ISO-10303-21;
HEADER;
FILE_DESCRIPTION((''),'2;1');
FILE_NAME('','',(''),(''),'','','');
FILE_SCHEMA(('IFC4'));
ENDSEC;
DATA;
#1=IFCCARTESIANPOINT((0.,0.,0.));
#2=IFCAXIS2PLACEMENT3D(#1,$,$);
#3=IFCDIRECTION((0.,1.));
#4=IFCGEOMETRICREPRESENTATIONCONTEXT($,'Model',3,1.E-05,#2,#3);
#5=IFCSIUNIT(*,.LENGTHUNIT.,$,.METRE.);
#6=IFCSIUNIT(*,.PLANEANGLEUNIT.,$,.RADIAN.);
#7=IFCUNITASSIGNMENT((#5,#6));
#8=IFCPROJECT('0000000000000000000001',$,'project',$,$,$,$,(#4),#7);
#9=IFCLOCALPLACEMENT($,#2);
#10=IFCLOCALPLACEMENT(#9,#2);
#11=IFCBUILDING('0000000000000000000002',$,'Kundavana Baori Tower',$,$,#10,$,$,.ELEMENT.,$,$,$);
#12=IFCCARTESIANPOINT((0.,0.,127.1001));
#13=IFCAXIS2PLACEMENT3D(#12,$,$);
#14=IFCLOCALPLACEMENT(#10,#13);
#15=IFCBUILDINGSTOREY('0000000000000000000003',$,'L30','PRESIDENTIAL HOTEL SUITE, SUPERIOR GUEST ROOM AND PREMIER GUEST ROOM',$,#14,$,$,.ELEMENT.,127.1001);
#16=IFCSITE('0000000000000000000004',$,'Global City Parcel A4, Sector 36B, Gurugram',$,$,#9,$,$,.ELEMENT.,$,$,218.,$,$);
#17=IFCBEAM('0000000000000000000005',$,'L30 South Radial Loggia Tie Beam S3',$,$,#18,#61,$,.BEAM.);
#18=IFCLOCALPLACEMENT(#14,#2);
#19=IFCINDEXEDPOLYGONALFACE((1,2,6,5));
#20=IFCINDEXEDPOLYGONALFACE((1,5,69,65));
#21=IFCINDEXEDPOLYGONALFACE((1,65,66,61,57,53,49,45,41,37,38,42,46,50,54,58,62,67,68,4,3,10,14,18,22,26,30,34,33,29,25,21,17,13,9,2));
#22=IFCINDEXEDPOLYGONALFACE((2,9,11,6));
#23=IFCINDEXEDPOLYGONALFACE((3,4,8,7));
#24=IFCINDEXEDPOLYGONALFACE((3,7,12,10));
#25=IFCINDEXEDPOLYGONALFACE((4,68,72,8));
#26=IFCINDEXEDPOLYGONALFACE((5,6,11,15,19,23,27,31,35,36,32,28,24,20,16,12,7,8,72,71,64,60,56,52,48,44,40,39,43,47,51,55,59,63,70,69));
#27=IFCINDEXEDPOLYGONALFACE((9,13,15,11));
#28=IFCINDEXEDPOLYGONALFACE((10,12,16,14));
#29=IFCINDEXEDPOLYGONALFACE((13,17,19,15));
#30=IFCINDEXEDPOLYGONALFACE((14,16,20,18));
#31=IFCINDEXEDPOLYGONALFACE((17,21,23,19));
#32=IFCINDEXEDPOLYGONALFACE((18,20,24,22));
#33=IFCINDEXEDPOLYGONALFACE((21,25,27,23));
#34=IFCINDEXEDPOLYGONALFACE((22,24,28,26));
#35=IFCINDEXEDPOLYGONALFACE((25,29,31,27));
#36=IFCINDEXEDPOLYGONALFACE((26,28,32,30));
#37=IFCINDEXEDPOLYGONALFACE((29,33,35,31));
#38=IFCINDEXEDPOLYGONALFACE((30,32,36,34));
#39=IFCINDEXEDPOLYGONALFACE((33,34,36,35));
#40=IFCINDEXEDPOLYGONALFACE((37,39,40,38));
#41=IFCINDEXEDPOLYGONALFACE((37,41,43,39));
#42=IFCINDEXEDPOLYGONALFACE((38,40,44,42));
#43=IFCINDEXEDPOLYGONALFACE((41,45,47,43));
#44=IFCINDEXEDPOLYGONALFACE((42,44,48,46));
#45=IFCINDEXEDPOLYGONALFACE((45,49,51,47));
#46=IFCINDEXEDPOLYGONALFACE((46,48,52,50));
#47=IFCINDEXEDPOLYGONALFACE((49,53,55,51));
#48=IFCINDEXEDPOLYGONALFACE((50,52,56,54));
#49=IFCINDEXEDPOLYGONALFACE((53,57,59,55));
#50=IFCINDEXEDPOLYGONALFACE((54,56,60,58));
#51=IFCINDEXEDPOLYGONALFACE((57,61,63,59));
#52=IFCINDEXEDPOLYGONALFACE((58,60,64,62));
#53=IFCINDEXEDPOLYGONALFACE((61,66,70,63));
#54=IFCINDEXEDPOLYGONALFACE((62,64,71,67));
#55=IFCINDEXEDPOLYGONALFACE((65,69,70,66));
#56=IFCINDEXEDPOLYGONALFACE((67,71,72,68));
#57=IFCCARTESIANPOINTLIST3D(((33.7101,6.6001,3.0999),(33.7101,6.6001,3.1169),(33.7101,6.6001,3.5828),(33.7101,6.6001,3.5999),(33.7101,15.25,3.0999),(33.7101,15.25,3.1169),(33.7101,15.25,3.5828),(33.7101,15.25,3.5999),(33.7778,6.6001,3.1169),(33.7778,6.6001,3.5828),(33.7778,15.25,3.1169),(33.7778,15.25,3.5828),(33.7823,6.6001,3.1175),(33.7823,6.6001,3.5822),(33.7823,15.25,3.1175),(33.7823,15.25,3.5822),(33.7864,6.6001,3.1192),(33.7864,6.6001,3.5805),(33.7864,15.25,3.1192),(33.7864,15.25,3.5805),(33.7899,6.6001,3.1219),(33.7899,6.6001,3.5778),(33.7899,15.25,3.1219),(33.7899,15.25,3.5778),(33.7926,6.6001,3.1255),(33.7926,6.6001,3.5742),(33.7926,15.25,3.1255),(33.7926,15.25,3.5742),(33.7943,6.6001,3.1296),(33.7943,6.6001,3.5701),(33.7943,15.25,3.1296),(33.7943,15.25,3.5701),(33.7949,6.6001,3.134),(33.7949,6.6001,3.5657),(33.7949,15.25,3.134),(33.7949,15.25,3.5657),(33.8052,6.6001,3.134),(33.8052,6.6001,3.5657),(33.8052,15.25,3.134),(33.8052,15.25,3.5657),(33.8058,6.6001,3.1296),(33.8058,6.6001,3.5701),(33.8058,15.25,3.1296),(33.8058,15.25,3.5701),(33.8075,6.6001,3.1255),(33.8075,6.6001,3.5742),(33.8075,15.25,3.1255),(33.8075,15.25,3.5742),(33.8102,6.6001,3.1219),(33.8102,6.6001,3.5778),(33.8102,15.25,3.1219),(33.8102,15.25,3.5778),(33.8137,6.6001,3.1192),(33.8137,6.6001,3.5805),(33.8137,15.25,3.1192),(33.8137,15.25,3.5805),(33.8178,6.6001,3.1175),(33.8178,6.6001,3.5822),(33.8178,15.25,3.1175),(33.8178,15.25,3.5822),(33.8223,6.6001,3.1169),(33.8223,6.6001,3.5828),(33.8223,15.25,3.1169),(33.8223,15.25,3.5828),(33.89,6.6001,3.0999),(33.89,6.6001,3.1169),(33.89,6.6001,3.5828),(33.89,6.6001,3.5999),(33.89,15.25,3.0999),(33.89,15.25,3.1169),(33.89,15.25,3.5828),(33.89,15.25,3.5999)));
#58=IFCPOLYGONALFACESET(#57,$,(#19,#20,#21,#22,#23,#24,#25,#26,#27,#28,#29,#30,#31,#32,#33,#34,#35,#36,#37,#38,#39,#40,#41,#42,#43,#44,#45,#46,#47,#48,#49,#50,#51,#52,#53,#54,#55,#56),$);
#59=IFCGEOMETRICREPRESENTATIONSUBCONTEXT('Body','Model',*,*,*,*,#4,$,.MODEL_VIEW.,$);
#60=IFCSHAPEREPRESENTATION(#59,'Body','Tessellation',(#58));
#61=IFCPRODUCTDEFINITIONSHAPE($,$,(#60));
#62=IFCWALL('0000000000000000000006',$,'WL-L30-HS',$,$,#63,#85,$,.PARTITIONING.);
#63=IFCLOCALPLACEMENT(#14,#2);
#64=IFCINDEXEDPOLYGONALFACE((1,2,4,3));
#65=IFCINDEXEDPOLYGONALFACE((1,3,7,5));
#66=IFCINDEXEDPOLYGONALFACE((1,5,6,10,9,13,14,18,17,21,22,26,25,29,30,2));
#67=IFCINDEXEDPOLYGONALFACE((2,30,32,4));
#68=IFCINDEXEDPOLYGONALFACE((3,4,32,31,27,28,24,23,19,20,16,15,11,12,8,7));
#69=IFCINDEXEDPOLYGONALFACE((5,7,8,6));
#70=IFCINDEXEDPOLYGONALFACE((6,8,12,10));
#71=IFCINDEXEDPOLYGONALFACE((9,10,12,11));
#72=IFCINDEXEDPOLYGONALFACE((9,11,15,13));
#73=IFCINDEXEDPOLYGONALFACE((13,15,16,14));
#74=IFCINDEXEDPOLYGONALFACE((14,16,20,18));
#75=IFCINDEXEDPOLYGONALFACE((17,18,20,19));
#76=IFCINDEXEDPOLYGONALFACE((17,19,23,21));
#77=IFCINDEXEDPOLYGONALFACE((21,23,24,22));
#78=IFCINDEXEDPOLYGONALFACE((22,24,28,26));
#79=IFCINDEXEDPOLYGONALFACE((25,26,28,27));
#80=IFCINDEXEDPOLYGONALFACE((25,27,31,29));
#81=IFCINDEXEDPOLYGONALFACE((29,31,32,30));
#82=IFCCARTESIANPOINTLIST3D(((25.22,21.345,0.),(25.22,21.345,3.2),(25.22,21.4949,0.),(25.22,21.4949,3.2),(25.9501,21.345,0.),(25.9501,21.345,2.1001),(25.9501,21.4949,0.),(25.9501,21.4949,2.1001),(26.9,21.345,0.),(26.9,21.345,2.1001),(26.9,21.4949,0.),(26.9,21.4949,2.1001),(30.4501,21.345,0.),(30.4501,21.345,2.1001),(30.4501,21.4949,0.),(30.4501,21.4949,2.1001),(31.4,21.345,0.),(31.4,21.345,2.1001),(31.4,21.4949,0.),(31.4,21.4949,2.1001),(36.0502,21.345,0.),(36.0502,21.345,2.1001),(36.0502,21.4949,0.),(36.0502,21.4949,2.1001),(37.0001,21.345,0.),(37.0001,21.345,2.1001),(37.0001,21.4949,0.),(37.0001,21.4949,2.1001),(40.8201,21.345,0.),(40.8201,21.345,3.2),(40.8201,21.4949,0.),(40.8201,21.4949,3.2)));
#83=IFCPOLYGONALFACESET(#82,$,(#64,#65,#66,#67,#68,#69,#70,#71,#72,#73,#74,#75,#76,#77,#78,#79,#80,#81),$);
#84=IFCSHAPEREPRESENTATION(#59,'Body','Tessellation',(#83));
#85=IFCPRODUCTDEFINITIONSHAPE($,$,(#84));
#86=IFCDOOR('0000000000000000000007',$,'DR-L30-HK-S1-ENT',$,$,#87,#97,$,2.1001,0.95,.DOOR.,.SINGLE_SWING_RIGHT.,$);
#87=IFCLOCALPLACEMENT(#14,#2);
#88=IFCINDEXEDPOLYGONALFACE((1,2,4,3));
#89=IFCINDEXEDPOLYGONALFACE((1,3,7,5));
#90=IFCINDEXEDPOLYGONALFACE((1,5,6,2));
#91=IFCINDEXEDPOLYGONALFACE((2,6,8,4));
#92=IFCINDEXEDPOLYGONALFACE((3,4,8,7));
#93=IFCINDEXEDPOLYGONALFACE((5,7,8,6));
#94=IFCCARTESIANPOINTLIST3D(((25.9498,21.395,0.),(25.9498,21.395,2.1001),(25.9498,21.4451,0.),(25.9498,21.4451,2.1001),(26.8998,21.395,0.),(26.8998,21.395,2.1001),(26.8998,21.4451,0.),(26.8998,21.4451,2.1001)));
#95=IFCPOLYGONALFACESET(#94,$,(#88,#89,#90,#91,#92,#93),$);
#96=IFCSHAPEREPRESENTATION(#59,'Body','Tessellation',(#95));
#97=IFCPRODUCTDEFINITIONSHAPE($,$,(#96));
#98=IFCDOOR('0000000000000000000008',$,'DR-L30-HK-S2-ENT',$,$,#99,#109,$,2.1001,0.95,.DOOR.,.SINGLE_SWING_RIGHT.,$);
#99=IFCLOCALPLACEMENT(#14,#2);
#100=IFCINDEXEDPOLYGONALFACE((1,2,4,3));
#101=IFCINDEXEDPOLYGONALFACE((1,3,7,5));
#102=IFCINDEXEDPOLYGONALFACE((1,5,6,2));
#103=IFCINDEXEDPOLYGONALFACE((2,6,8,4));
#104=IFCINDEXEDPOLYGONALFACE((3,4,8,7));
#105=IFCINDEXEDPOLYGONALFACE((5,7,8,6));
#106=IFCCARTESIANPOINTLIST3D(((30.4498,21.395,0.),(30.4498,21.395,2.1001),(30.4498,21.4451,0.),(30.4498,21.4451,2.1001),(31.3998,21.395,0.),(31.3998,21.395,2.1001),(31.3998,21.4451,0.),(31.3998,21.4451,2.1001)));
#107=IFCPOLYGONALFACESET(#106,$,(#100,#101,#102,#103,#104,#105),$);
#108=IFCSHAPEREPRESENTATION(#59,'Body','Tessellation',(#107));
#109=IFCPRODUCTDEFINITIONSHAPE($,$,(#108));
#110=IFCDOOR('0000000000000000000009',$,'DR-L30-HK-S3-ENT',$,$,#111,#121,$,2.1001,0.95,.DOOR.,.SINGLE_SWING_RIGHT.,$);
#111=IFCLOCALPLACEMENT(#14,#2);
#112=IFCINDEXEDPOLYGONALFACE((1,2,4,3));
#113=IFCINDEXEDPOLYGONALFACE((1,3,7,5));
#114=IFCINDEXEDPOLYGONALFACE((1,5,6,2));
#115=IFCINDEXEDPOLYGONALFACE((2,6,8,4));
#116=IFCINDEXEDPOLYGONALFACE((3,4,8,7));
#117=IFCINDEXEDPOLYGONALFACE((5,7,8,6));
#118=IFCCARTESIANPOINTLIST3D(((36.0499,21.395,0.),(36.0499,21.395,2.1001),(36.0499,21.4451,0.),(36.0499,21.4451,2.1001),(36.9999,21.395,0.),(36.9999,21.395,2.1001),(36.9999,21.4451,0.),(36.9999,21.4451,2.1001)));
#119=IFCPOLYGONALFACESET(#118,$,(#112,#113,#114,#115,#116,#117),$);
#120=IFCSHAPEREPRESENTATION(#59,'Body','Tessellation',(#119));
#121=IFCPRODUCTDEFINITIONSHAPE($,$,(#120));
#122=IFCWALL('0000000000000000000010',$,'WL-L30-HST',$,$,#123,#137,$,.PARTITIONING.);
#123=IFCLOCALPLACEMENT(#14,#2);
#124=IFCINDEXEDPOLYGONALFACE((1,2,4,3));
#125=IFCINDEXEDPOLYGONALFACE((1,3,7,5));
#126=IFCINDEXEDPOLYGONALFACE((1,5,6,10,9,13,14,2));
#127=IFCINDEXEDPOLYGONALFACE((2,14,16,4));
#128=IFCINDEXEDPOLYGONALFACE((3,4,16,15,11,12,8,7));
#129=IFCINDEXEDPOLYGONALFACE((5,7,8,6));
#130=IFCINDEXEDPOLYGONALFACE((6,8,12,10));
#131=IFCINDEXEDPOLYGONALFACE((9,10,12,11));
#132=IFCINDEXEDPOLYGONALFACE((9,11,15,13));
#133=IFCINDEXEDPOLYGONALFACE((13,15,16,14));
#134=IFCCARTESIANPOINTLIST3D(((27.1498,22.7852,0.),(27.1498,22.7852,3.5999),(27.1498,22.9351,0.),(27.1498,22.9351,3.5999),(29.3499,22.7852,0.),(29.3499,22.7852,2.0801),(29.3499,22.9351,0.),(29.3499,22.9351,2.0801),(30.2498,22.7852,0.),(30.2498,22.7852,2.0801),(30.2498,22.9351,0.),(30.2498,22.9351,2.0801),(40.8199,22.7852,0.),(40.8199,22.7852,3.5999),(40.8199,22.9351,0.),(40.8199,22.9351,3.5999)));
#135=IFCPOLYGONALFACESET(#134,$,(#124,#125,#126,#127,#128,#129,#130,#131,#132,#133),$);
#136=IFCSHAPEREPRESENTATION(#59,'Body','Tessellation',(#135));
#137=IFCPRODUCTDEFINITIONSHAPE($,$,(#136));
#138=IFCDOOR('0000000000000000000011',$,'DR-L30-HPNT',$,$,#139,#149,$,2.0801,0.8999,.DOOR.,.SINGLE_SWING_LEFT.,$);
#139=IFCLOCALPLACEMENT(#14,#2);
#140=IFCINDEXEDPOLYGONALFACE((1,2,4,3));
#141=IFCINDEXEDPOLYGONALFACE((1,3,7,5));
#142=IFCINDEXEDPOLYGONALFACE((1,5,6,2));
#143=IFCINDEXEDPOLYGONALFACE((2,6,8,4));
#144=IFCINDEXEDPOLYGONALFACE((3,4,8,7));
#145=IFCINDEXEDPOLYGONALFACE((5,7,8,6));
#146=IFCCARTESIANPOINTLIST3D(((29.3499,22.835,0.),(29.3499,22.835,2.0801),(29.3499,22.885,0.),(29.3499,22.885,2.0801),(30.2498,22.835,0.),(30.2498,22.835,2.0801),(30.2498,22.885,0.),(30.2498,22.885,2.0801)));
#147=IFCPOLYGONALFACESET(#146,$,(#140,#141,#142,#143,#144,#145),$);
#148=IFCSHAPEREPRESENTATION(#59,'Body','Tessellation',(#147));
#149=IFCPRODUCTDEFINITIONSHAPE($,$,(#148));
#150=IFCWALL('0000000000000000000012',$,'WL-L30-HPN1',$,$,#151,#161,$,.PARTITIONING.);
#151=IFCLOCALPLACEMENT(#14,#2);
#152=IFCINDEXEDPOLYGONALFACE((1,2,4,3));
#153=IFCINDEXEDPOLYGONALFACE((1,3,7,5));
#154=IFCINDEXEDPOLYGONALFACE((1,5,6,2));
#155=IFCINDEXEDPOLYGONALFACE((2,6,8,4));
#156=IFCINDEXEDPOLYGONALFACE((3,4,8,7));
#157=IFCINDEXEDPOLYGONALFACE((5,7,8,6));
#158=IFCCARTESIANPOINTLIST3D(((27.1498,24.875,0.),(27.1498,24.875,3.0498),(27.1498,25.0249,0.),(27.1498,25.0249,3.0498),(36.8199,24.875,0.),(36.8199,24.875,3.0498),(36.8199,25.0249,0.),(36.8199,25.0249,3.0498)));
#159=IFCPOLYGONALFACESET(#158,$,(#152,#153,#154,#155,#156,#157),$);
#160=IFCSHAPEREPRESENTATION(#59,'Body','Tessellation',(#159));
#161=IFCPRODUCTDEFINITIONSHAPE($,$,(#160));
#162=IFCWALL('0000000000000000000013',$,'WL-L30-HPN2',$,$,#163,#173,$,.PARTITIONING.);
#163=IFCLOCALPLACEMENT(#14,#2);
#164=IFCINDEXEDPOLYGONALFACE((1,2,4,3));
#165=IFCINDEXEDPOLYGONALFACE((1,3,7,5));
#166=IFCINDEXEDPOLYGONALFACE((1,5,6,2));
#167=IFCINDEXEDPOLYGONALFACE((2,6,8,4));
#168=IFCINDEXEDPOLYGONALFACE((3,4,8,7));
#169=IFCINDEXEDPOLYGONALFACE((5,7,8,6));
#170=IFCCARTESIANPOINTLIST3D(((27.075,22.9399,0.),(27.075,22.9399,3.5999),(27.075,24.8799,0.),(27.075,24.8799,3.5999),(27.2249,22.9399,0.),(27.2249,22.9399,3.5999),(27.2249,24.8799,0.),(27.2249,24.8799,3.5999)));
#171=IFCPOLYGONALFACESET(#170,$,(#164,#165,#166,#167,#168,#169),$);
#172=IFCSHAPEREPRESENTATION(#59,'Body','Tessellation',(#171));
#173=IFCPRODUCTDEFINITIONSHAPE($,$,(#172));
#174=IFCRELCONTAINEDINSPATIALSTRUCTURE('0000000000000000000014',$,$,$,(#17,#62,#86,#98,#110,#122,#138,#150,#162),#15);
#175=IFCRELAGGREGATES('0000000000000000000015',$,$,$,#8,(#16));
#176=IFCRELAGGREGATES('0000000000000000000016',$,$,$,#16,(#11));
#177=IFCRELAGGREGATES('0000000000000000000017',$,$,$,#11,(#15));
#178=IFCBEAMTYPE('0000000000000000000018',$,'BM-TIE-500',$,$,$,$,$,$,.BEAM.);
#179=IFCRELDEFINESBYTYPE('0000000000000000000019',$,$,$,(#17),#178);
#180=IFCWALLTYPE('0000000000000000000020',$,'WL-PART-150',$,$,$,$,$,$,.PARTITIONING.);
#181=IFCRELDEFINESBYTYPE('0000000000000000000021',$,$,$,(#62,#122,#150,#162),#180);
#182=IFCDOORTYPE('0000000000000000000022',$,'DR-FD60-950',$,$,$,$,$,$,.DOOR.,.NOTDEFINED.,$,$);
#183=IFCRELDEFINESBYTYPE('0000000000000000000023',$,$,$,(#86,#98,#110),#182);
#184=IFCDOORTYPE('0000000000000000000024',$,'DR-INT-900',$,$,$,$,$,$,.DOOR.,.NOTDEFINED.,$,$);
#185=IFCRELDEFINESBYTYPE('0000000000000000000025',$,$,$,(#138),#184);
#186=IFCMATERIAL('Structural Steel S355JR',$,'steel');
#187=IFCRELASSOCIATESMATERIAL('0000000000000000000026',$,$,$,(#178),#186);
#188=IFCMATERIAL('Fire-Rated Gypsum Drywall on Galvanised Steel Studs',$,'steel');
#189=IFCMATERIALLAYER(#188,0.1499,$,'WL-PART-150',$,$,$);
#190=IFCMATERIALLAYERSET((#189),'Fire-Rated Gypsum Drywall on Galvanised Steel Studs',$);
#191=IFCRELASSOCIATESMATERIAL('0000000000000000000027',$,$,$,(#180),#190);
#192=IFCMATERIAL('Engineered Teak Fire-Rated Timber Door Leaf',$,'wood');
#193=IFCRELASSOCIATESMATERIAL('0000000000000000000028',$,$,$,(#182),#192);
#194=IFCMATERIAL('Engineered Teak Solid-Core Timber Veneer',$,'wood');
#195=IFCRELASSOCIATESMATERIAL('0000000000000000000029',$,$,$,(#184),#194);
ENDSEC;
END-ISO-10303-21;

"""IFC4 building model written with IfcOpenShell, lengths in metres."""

from ifc_helpers import new_model, si_unit, direction, frame, frame_2d, origin, origin_2d, place, context, subcontext, project, spatial, rectangle, i_section, extrude, material, layer, layer_set, material_profile, profile_set, type_object, element, fill, save


model = new_model("IFC4")

# Units and contexts
model_context = context("Model", 3, precision=1e-05, world=origin(), true_north=direction((0.0, 1.0)))
body_context = subcontext(model_context, "Body", "Model", "MODEL_VIEW")
ifc_project = project(units=[si_unit("LENGTHUNIT", "METRE"), si_unit("PLANEANGLEUNIT", "RADIAN")], contexts=[model_context])

# Site, building, storey
site_placement = place(None, origin())
site = spatial("IfcSite", under=ifc_project, at=site_placement, Name="Global City Parcel A4, Sector 36B, Gurugram", CompositionType="ELEMENT", RefElevation=218.0)
building_placement = place(site_placement, origin())
building = spatial("IfcBuilding", under=site, at=building_placement, Name="Kundavana Baori Tower", CompositionType="ELEMENT")
storey_placement = place(building_placement, frame((0.0, 0.0, 127.1001)))
storey = spatial("IfcBuildingStorey", under=building, at=storey_placement, Name="L30", Description="PRESIDENTIAL HOTEL SUITE, SUPERIOR GUEST ROOM AND PREMIER GUEST ROOM", CompositionType="ELEMENT", Elevation=127.1001)

# Beam
ifc_material_1 = material(Name="Structural Steel S355JR", Category="steel")
ifc_material_profile_1 = material_profile(ifc_material_1, i_section(OverallWidth=0.1799, OverallDepth=0.5, WebThickness=0.0103, FlangeThickness=0.0171, FilletRadius=0.0171, at=origin_2d()), Name="ISMB 500")
ifc_profile_set_1 = profile_set([ifc_material_profile_1], Name="Structural Steel S355JR")
beam_type_1 = type_object("IfcBeamType", Name="BM-TIE-500", PredefinedType="BEAM", material=ifc_profile_set_1)
beam_1_placement = place(storey_placement, frame((33.8, 15.25, 3.3499), z_axis=(0.0, -1.0, 0.0), x_axis=(1.0, 0.0, 0.0)))
element("IfcBeam", 1, at=beam_1_placement, inside=storey, type_object=beam_type_1, Name="L30 South Radial Loggia Tie Beam S3", PredefinedType="BEAM", context=body_context, shape_type="SweptSolid", body=[
    extrude(i_section(OverallWidth=0.1799, OverallDepth=0.5, WebThickness=0.0103, FlangeThickness=0.0171, FilletRadius=0.0171, at=origin_2d()), origin(), (0.0, 0.0, 1.0), 8.6499),
])

# Wall, openings, doors
ifc_material_2 = material(Name="Fire-Rated Gypsum Drywall on Galvanised Steel Studs", Category="steel")
ifc_layer = layer(ifc_material_2, 0.1499, Name="WL-PART-150")
ifc_layer_set = layer_set([ifc_layer], Name="Fire-Rated Gypsum Drywall on Galvanised Steel Studs")
wall_type = type_object("IfcWallType", Name="WL-PART-150", PredefinedType="PARTITIONING", material=ifc_layer_set)
wall_1_placement = place(storey_placement, frame((25.22, 21.4199, 0.0), z_axis=(0.0, 0.0, 1.0), x_axis=(1.0, 0.0, 0.0)))
wall_1 = element("IfcWall", 2, at=wall_1_placement, inside=storey, type_object=wall_type, Name="WL-L30-HS", PredefinedType="PARTITIONING", context=body_context, shape_type="SweptSolid", body=[
    extrude(rectangle(XDim=15.6001, YDim=0.1499, at=frame_2d((7.8, 0.0))), origin(), (0.0, 0.0, 1.0), 3.2),
])
opening_1_placement = place(wall_1_placement, frame((0.73, 0.0, 0.0)))
opening_1 = element("IfcOpeningElement", 3, at=opening_1_placement, cuts=wall_1, PredefinedType="OPENING", context=body_context, shape_type="SweptSolid", body=[
    extrude(rectangle(XDim=0.95, YDim=2.1001, at=frame_2d((0.4751, 1.05))), frame((0.0, 0.085, 0.0), z_axis=(0.0, -1.0, 0.0), x_axis=(1.0, 0.0, 0.0)), (0.0, 0.0, 1.0), 0.1699),
])
opening_2_placement = place(wall_1_placement, frame((5.23, 0.0, 0.0)))
opening_2 = element("IfcOpeningElement", 4, at=opening_2_placement, cuts=wall_1, PredefinedType="OPENING", context=body_context, shape_type="SweptSolid", body=[
    extrude(rectangle(XDim=0.95, YDim=2.1001, at=frame_2d((0.4751, 1.05))), frame((0.0, 0.085, 0.0), z_axis=(0.0, -1.0, 0.0), x_axis=(1.0, 0.0, 0.0)), (0.0, 0.0, 1.0), 0.1699),
])
opening_3_placement = place(wall_1_placement, frame((10.8301, 0.0, 0.0)))
opening_3 = element("IfcOpeningElement", 5, at=opening_3_placement, cuts=wall_1, PredefinedType="OPENING", context=body_context, shape_type="SweptSolid", body=[
    extrude(rectangle(XDim=0.95, YDim=2.1001, at=frame_2d((0.4751, 1.05))), frame((0.0, 0.085, 0.0), z_axis=(0.0, -1.0, 0.0), x_axis=(1.0, 0.0, 0.0)), (0.0, 0.0, 1.0), 0.1699),
])
ifc_material_3 = material(Name="Engineered Teak Fire-Rated Timber Door Leaf", Category="wood")
door_type_1 = type_object("IfcDoorType", Name="DR-FD60-950", OperationType="NOTDEFINED", PredefinedType="DOOR", material=ifc_material_3)
door_1_placement = place(opening_1_placement, frame((0.95, 0.0, 0.0), z_axis=(0.0, 0.0, 1.0), x_axis=(-1.0, 0.0, 0.0)))
door_1 = element("IfcDoor", 6, at=door_1_placement, inside=storey, type_object=door_type_1, Name="DR-L30-HK-S1-ENT", OperationType="SINGLE_SWING_RIGHT", OverallHeight=2.1001, OverallWidth=0.95, PredefinedType="DOOR", context=body_context, shape_type="SweptSolid", body=[
    extrude(rectangle(XDim=0.95, YDim=2.1001, at=frame_2d((0.4751, 1.05))), frame((0.0, 0.0249, 0.0), z_axis=(0.0, -1.0, 0.0), x_axis=(1.0, 0.0, 0.0)), (0.0, 0.0, 1.0), 0.05),
])
fill(opening_1, door_1)
door_2_placement = place(opening_2_placement, frame((0.95, 0.0, 0.0), z_axis=(0.0, 0.0, 1.0), x_axis=(-1.0, 0.0, 0.0)))
door_2 = element("IfcDoor", 7, at=door_2_placement, inside=storey, type_object=door_type_1, Name="DR-L30-HK-S2-ENT", OperationType="SINGLE_SWING_RIGHT", OverallHeight=2.1001, OverallWidth=0.95, PredefinedType="DOOR", context=body_context, shape_type="SweptSolid", body=[
    extrude(rectangle(XDim=0.95, YDim=2.1001, at=frame_2d((0.4751, 1.05))), frame((0.0, 0.0249, 0.0), z_axis=(0.0, -1.0, 0.0), x_axis=(1.0, 0.0, 0.0)), (0.0, 0.0, 1.0), 0.05),
])
fill(opening_2, door_2)
door_3_placement = place(opening_3_placement, frame((0.95, 0.0, 0.0), z_axis=(0.0, 0.0, 1.0), x_axis=(-1.0, 0.0, 0.0)))
door_3 = element("IfcDoor", 8, at=door_3_placement, inside=storey, type_object=door_type_1, Name="DR-L30-HK-S3-ENT", OperationType="SINGLE_SWING_RIGHT", OverallHeight=2.1001, OverallWidth=0.95, PredefinedType="DOOR", context=body_context, shape_type="SweptSolid", body=[
    extrude(rectangle(XDim=0.95, YDim=2.1001, at=frame_2d((0.4751, 1.05))), frame((0.0, 0.0249, 0.0), z_axis=(0.0, -1.0, 0.0), x_axis=(1.0, 0.0, 0.0)), (0.0, 0.0, 1.0), 0.05),
])
fill(opening_3, door_3)

# Wall, opening, door
wall_2_placement = place(storey_placement, frame((27.1499, 22.8601, 0.0), z_axis=(0.0, 0.0, 1.0), x_axis=(1.0, 0.0, 0.0)))
wall_2 = element("IfcWall", 9, at=wall_2_placement, inside=storey, type_object=wall_type, Name="WL-L30-HST", PredefinedType="PARTITIONING", context=body_context, shape_type="SweptSolid", body=[
    extrude(rectangle(XDim=13.6702, YDim=0.1499, at=frame_2d((6.835, 0.0))), origin(), (0.0, 0.0, 1.0), 3.5999),
])
opening_4_placement = place(wall_2_placement, frame((2.2, 0.0, 0.0)))
opening_4 = element("IfcOpeningElement", 10, at=opening_4_placement, cuts=wall_2, PredefinedType="OPENING", context=body_context, shape_type="SweptSolid", body=[
    extrude(rectangle(XDim=0.8999, YDim=2.0801, at=frame_2d((0.45, 1.04))), frame((0.0, 0.085, 0.0), z_axis=(0.0, -1.0, 0.0), x_axis=(1.0, 0.0, 0.0)), (0.0, 0.0, 1.0), 0.1699),
])
ifc_material_4 = material(Name="Engineered Teak Solid-Core Timber Veneer", Category="wood")
door_type_2 = type_object("IfcDoorType", Name="DR-INT-900", OperationType="NOTDEFINED", PredefinedType="DOOR", material=ifc_material_4)
door_4_placement = place(opening_4_placement, origin())
door_4 = element("IfcDoor", 11, at=door_4_placement, inside=storey, type_object=door_type_2, Name="DR-L30-HPNT", OperationType="SINGLE_SWING_LEFT", OverallHeight=2.0801, OverallWidth=0.8999, PredefinedType="DOOR", context=body_context, shape_type="SweptSolid", body=[
    extrude(rectangle(XDim=0.8999, YDim=2.0801, at=frame_2d((0.45, 1.04))), frame((0.0, 0.0249, 0.0), z_axis=(0.0, -1.0, 0.0), x_axis=(1.0, 0.0, 0.0)), (0.0, 0.0, 1.0), 0.05),
])
fill(opening_4, door_4)

# Walls
wall_3_placement = place(storey_placement, frame((27.1499, 24.95, 0.0), z_axis=(0.0, 0.0, 1.0), x_axis=(1.0, 0.0, 0.0)))
element("IfcWall", 12, at=wall_3_placement, inside=storey, type_object=wall_type, Name="WL-L30-HPN1", PredefinedType="PARTITIONING", context=body_context, shape_type="SweptSolid", body=[
    extrude(rectangle(XDim=9.6702, YDim=0.1499, at=frame_2d((4.835, 0.0))), origin(), (0.0, 0.0, 1.0), 3.0498),
])
wall_4_placement = place(storey_placement, frame((27.1499, 22.9399, 0.0), z_axis=(0.0, 0.0, 1.0), x_axis=(0.0, 1.0, 0.0)))
element("IfcWall", 13, at=wall_4_placement, inside=storey, type_object=wall_type, Name="WL-L30-HPN2", PredefinedType="PARTITIONING", context=body_context, shape_type="SweptSolid", body=[
    extrude(rectangle(XDim=1.9399, YDim=0.1499, at=frame_2d((0.97, 0.0))), origin(), (0.0, 0.0, 1.0), 3.5999),
])

save(model, "model.ifc")
